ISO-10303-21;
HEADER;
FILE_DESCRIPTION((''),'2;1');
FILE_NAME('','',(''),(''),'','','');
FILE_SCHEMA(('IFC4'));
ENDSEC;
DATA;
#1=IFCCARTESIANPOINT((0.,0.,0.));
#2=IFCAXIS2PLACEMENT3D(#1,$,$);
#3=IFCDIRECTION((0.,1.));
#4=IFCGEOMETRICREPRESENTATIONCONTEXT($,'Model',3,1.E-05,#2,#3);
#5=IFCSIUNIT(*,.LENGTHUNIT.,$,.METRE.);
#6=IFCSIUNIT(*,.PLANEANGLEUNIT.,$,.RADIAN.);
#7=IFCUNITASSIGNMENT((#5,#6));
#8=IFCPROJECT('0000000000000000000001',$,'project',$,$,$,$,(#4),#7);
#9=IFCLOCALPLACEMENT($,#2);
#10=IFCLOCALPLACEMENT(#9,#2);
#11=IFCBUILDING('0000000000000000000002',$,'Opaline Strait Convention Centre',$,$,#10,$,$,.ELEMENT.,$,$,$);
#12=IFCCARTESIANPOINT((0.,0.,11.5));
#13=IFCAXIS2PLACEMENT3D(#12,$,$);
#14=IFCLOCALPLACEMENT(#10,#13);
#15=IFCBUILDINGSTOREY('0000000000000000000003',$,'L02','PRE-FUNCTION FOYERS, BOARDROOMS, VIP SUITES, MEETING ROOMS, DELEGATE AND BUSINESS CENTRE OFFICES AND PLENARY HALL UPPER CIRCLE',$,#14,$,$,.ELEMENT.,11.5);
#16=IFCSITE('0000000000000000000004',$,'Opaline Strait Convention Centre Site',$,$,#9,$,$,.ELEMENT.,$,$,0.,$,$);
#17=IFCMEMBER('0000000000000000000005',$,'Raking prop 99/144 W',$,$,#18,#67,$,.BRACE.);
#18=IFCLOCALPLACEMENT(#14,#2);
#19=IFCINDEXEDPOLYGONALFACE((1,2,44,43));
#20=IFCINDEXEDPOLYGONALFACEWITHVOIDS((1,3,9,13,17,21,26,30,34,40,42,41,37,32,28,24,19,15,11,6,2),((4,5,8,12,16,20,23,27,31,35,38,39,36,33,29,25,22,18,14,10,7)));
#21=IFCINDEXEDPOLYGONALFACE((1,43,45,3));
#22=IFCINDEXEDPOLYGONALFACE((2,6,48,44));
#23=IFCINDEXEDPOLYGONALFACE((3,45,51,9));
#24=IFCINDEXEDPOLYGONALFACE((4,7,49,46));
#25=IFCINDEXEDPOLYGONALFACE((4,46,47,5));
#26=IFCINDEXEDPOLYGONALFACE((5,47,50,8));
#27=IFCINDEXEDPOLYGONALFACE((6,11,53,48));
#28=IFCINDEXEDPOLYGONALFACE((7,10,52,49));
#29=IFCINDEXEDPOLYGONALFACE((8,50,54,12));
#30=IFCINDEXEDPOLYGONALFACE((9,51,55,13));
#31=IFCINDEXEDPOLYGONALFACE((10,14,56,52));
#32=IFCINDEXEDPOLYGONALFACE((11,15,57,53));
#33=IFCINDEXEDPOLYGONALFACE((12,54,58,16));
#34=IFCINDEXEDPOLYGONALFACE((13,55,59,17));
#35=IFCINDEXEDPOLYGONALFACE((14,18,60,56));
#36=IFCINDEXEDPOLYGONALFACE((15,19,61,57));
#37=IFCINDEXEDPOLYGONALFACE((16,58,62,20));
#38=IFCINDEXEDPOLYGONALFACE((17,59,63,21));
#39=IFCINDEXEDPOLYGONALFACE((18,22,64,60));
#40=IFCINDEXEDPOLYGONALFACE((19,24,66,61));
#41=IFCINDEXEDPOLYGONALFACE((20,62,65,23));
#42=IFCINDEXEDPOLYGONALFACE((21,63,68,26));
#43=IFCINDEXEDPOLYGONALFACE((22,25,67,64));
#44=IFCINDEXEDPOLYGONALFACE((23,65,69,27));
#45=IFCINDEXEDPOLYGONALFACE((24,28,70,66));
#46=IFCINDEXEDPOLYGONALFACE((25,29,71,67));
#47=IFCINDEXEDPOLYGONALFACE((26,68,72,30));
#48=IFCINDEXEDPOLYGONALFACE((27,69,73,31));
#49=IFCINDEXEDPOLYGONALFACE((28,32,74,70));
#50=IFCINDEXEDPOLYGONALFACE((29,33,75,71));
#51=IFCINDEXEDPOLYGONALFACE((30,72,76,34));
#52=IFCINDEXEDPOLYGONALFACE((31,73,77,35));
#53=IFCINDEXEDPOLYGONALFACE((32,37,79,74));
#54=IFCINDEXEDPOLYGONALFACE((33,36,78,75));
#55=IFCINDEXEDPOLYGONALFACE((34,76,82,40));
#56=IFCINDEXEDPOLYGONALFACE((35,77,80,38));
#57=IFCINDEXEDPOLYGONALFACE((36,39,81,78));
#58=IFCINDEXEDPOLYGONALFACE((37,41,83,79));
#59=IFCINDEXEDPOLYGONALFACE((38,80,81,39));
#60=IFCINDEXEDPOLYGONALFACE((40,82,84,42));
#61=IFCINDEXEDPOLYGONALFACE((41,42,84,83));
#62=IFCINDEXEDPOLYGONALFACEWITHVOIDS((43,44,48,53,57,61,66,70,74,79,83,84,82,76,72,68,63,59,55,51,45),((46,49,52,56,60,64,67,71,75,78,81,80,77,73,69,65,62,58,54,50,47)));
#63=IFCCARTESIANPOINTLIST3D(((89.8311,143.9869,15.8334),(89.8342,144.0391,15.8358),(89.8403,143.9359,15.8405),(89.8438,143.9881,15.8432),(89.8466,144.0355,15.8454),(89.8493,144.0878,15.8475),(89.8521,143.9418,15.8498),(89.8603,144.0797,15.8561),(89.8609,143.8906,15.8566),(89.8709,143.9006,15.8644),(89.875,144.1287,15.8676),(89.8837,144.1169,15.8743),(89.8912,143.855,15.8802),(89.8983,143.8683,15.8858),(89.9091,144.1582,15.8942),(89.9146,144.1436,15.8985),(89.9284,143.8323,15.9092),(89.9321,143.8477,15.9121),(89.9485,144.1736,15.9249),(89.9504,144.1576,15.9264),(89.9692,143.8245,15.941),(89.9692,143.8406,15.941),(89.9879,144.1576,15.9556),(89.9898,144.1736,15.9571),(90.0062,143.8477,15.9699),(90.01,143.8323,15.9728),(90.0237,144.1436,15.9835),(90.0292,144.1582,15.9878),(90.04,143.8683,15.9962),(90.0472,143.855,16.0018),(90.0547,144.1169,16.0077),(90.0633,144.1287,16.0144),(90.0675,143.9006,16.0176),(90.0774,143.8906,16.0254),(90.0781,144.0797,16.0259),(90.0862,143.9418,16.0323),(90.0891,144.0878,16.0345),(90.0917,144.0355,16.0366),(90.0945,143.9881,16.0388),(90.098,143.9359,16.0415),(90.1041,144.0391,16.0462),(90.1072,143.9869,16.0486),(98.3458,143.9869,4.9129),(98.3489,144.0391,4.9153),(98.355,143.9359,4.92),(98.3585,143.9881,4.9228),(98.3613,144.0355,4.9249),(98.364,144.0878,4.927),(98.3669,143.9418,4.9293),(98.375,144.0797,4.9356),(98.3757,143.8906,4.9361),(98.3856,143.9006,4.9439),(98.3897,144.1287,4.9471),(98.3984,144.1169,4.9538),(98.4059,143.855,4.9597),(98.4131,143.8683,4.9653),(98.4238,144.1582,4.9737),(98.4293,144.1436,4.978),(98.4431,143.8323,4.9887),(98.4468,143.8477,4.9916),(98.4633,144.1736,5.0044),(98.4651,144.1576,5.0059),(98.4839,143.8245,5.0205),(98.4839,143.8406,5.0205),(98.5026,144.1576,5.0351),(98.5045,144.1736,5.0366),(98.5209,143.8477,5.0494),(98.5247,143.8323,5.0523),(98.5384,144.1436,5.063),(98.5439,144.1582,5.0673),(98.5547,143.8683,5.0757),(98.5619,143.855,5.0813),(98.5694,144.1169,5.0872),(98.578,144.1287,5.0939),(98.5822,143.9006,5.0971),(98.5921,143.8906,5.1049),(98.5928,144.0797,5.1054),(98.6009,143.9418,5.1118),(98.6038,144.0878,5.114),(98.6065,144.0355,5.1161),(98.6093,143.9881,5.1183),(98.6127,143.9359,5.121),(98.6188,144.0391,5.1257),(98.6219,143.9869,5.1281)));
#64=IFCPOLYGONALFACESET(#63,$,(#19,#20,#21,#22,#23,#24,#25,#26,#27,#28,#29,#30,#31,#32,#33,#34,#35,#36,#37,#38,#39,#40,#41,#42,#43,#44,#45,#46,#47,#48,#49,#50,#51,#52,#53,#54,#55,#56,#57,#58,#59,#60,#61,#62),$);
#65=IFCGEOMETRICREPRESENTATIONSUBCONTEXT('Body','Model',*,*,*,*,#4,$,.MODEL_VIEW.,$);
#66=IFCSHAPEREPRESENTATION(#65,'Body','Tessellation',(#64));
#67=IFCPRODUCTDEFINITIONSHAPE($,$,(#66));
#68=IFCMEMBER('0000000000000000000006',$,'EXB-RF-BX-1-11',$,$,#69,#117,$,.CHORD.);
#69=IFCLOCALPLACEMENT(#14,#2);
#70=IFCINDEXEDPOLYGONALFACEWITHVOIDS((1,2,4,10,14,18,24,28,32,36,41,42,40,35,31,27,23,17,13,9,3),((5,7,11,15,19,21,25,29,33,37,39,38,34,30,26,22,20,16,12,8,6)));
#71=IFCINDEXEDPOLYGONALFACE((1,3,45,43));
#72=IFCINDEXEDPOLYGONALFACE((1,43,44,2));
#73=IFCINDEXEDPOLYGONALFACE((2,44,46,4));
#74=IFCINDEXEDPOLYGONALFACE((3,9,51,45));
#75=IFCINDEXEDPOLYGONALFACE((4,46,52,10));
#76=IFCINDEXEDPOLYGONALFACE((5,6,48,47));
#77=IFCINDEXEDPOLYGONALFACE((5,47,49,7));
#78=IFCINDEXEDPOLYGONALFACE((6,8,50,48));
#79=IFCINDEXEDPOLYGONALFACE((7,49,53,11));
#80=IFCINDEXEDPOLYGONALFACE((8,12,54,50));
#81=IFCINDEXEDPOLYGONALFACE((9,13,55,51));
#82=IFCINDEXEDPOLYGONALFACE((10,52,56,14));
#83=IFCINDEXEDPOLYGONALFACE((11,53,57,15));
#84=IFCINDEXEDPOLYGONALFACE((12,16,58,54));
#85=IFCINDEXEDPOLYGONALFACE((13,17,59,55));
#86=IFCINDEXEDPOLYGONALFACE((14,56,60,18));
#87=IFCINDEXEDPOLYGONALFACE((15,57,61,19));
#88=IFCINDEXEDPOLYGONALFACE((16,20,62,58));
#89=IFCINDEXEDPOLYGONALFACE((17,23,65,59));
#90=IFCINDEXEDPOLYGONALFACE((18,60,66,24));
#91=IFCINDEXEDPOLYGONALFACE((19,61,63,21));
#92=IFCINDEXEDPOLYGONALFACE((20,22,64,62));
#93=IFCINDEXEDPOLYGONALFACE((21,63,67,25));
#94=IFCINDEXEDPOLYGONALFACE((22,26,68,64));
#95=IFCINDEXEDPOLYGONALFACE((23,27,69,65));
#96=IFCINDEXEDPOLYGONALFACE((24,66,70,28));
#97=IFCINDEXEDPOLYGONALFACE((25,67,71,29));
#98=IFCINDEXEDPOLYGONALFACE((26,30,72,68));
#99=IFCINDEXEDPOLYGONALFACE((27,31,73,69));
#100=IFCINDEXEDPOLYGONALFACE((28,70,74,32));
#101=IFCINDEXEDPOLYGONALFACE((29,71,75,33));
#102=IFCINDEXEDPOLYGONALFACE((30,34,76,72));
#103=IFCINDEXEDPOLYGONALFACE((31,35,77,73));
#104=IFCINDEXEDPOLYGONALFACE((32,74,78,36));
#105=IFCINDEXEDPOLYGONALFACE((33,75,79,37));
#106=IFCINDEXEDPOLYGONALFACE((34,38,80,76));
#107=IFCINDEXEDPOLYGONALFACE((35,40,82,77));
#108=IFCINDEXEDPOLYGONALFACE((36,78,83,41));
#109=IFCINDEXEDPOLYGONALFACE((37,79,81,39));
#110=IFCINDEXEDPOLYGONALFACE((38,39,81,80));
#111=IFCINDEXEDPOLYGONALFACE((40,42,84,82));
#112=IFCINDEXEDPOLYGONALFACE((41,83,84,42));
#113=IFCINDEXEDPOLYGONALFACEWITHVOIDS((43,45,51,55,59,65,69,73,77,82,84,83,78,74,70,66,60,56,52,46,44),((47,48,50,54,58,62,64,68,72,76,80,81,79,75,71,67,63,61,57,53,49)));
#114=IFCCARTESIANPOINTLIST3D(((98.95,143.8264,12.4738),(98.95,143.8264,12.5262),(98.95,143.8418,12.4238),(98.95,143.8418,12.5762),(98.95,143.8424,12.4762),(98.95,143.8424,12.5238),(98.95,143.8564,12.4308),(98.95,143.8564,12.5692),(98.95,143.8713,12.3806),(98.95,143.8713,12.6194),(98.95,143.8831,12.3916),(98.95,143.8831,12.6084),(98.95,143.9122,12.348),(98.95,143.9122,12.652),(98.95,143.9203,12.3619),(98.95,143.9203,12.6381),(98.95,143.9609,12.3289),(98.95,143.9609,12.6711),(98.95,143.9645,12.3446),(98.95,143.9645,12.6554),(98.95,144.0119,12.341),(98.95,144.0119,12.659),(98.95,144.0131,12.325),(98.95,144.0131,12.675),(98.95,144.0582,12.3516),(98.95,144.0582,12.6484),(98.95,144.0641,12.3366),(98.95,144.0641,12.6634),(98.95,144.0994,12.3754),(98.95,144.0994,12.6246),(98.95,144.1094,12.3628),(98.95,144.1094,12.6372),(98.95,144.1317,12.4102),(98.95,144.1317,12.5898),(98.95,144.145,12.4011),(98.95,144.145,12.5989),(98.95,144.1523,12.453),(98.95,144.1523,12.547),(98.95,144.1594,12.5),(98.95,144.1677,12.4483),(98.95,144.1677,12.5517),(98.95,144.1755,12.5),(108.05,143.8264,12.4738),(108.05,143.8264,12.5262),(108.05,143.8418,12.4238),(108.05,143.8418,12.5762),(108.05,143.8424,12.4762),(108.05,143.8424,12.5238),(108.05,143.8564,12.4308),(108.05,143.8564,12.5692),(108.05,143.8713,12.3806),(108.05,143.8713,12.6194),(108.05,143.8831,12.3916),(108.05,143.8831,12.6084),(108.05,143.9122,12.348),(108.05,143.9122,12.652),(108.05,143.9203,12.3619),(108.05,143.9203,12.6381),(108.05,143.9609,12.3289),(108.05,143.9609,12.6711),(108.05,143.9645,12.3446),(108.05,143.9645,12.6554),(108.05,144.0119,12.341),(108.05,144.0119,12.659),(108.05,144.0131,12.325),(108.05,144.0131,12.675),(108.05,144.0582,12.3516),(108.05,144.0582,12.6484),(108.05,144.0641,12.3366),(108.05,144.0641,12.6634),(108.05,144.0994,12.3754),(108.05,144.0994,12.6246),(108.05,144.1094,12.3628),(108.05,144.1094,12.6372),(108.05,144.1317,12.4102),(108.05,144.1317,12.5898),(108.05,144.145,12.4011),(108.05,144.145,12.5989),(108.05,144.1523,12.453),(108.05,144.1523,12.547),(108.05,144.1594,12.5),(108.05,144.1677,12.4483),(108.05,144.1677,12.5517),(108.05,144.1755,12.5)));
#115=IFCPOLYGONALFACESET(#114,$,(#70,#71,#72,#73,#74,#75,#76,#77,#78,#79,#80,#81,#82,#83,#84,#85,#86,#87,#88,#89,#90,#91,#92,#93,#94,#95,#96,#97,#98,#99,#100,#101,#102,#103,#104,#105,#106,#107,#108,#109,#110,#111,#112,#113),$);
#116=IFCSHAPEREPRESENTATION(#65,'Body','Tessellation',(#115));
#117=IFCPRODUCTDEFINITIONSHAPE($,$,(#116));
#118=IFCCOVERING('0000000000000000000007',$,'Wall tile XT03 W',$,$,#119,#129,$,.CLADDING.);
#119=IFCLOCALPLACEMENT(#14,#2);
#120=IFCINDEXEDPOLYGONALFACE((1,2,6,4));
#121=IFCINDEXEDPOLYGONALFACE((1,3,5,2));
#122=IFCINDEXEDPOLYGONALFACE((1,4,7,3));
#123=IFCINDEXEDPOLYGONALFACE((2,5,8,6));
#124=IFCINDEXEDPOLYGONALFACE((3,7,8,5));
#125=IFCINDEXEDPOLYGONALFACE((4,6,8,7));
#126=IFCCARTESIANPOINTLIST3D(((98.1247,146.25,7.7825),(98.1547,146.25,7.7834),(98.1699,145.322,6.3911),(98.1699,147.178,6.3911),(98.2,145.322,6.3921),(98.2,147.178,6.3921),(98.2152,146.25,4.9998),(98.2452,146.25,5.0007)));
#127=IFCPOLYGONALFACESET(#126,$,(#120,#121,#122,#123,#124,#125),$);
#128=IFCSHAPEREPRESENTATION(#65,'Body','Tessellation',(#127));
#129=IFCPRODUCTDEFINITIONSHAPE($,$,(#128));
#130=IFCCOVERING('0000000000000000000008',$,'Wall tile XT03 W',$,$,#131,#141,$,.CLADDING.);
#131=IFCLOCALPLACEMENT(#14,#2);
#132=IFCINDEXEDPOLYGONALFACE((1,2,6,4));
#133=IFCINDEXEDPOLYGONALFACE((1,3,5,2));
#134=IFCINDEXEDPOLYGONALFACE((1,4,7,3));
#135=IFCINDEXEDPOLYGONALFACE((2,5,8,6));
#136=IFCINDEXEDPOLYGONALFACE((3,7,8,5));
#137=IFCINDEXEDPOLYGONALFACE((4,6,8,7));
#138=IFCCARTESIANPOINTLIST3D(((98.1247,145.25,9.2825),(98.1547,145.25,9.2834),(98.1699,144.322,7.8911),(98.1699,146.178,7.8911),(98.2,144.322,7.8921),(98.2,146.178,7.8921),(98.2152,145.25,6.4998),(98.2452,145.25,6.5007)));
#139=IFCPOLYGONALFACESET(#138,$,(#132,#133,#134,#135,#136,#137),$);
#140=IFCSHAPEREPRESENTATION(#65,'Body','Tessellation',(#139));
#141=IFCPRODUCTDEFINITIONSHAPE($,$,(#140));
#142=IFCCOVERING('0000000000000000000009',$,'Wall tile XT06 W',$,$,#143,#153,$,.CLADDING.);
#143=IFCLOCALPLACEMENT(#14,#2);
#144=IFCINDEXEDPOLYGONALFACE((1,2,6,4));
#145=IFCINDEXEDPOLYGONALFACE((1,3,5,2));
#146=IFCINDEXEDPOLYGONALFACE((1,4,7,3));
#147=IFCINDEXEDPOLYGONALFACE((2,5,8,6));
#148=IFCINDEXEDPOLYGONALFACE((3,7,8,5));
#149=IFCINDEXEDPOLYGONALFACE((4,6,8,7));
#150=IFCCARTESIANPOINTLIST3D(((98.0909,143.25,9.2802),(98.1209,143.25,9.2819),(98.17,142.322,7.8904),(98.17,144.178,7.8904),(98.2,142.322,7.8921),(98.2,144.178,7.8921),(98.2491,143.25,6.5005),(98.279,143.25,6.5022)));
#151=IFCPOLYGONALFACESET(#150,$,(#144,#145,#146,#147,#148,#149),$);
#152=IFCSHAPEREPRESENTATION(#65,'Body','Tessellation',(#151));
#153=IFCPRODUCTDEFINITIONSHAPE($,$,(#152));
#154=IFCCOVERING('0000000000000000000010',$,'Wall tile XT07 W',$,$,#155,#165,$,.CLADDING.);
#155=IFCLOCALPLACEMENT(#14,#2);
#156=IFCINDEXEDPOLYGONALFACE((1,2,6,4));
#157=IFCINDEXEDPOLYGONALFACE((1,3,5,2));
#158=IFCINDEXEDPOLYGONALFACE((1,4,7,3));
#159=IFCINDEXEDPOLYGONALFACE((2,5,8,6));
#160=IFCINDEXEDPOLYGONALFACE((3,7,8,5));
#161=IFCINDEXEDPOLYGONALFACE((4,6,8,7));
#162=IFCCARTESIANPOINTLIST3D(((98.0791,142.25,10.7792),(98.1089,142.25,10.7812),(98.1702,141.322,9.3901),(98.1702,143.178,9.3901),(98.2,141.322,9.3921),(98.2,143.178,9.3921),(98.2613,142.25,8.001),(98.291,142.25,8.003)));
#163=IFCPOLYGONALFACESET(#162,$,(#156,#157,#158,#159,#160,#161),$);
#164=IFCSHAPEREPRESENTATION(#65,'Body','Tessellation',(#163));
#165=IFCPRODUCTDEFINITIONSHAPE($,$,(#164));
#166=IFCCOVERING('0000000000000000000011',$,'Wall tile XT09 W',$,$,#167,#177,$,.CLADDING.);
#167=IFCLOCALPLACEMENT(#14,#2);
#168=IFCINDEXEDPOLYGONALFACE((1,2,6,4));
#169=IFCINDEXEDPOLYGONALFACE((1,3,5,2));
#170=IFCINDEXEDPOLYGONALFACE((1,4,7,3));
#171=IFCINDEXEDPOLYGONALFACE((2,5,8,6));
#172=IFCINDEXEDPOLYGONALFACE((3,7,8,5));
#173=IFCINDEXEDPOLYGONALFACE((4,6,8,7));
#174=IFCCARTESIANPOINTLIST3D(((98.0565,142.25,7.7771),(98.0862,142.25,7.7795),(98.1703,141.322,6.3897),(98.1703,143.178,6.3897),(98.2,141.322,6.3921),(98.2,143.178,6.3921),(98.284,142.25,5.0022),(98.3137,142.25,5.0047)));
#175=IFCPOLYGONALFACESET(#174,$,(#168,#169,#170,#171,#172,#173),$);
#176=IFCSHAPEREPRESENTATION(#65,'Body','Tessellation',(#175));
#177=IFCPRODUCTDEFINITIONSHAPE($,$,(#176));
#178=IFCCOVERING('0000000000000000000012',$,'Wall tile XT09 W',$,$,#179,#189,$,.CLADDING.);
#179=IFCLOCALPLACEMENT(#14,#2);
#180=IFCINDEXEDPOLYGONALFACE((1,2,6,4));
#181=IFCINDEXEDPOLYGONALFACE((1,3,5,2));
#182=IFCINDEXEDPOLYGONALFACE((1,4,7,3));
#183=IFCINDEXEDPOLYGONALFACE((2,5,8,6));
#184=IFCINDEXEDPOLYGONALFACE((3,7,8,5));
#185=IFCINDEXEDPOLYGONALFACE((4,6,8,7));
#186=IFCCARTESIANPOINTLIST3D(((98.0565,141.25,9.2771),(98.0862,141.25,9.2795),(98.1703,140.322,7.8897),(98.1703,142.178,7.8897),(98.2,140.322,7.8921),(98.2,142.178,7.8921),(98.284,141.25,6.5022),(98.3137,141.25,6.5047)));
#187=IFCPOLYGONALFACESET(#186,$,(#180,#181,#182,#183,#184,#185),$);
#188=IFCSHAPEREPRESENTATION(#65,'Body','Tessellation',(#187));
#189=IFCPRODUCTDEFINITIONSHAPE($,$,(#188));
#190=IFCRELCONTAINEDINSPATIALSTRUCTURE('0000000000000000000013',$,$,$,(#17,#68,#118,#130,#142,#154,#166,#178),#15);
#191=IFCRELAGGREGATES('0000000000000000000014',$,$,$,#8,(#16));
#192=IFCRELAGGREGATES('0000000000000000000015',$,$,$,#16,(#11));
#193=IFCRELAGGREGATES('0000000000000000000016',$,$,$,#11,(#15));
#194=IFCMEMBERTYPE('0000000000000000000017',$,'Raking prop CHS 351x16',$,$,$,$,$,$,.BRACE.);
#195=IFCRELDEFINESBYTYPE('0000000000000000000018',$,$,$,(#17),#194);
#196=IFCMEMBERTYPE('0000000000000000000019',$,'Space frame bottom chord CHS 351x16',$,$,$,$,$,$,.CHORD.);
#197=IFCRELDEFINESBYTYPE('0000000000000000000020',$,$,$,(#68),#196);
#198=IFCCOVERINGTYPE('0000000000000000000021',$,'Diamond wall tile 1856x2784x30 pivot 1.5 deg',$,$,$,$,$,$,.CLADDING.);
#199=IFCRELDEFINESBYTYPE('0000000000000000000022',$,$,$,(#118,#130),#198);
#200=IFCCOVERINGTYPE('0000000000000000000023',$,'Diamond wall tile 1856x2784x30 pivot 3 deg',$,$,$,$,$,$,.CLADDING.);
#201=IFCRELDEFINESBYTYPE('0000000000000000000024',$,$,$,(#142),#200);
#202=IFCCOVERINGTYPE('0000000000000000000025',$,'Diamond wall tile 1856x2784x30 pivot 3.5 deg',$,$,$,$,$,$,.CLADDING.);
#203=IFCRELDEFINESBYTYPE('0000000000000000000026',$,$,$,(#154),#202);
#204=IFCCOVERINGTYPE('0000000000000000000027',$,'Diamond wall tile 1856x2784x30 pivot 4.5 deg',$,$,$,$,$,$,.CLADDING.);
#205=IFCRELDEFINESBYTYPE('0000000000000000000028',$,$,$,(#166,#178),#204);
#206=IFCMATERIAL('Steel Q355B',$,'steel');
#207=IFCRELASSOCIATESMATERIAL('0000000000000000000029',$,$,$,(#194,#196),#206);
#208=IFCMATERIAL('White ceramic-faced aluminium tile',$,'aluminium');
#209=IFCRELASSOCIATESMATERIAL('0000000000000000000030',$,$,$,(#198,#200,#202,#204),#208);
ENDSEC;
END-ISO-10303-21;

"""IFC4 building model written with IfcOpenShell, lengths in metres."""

from ifc_helpers import new_model, si_unit, direction, frame, origin, origin_2d, place, context, subcontext, project, spatial, polyline, hollow_circle, outline, extrude, material, material_profile, profile_set, type_object, element, save


model = new_model("IFC4")

# Units and contexts
model_context = context("Model", 3, precision=1e-05, world=origin(), true_north=direction((0.0, 1.0)))
body_context = subcontext(model_context, "Body", "Model", "MODEL_VIEW")
ifc_project = project(units=[si_unit("LENGTHUNIT", "METRE"), si_unit("PLANEANGLEUNIT", "RADIAN")], contexts=[model_context])

# Site, building, storey
site_placement = place(None, origin())
site = spatial("IfcSite", under=ifc_project, at=site_placement, Name="Opaline Strait Convention Centre Site", CompositionType="ELEMENT", RefElevation=0.0)
building_placement = place(site_placement, origin())
building = spatial("IfcBuilding", under=site, at=building_placement, Name="Opaline Strait Convention Centre", CompositionType="ELEMENT")
storey_placement = place(building_placement, frame((0.0, 0.0, 11.5)))
storey = spatial("IfcBuildingStorey", under=building, at=storey_placement, Name="L02", Description="PRE-FUNCTION FOYERS, BOARDROOMS, VIP SUITES, MEETING ROOMS, DELEGATE AND BUSINESS CENTRE OFFICES AND PLENARY HALL UPPER CIRCLE", CompositionType="ELEMENT", Elevation=11.5)

# Members
ifc_material_1 = material(Name="Steel Q355B", Category="steel")
ifc_material_profile_1 = material_profile(ifc_material_1, hollow_circle(Radius=0.1755, WallThickness=0.0161, at=origin_2d()), Name="CHS 351x16")
ifc_profile_set_1 = profile_set([ifc_material_profile_1], Name="Steel Q355B")
member_type_1 = type_object("IfcMemberType", Name="Raking prop CHS 351x16", PredefinedType="BRACE", material=ifc_profile_set_1)
member_1_placement = place(storey_placement, frame((98.4839, 144.0, 5.0205), z_axis=(-0.614885, 0.0, 0.788617), x_axis=(0.0, -1.0, 0.0)))
element("IfcMember", 1, at=member_1_placement, inside=storey, type_object=member_type_1, Name="Raking prop 99/144 W", PredefinedType="BRACE", context=body_context, shape_type="SweptSolid", body=[
    extrude(hollow_circle(Radius=0.1755, WallThickness=0.0161, at=origin_2d()), origin(), (0.0, 0.0, 1.0), 13.8477),
])
ifc_material_profile_2 = material_profile(ifc_material_1, hollow_circle(Radius=0.1755, WallThickness=0.0161, at=origin_2d()), Name="CHS 351x16")
ifc_profile_set_2 = profile_set([ifc_material_profile_2], Name="Steel Q355B")
member_type_2 = type_object("IfcMemberType", Name="Space frame bottom chord CHS 351x16", PredefinedType="CHORD", material=ifc_profile_set_2)
member_2_placement = place(storey_placement, frame((98.95, 144.0, 12.5), z_axis=(1.0, 0.0, 0.0), x_axis=(0.0, 1.0, 0.0)))
element("IfcMember", 2, at=member_2_placement, inside=storey, type_object=member_type_2, Name="EXB-RF-BX-1-11", PredefinedType="CHORD", context=body_context, shape_type="SweptSolid", body=[
    extrude(hollow_circle(Radius=0.1755, WallThickness=0.0161, at=origin_2d()), origin(), (0.0, 0.0, 1.0), 9.1001),
])

# Coverings
ifc_material_2 = material(Name="White ceramic-faced aluminium tile", Category="aluminium")
ifc_material_profile_3 = material_profile(ifc_material_2, outline(polyline([(0.928, 0.0), (0.0, 1.3921), (-0.928, 0.0), (0.0, -1.3921), (0.928, 0.0)])), Name="Diamond tile 1856x2784")
ifc_profile_set_3 = profile_set([ifc_material_profile_3], Name="White ceramic-faced aluminium tile")
covering_type_1 = type_object("IfcCoveringType", Name="Diamond wall tile 1856x2784x30 pivot 1.5 deg", PredefinedType="CLADDING", material=ifc_profile_set_3)
for number, where, z_axis, x_axis, name in (
    (3, (98.2, 146.25, 6.3921), (-0.999472, 0.0, -0.032503), (0.0, -1.0, 0.0), "Wall tile XT03 W"),
    (4, (98.2, 145.25, 7.8921), (-0.999472, 0.0, -0.032503), (0.0, -1.0, 0.0), "Wall tile XT03 W"),
):
    element("IfcCovering", number, at=place(storey_placement, frame(where, z_axis=z_axis, x_axis=x_axis)), inside=storey, type_object=covering_type_1, Name=name, PredefinedType="CLADDING", context=body_context, shape_type="SweptSolid", body=[
        extrude(outline(polyline([(0.928, 0.0), (0.0, 1.3921), (-0.928, 0.0), (0.0, -1.3921), (0.928, 0.0)])), origin(), (0.0, 0.0, 1.0), 0.03),
    ])
ifc_material_profile_4 = material_profile(ifc_material_2, outline(polyline([(0.928, 0.0), (0.0, 1.3921), (-0.928, 0.0), (0.0, -1.3921), (0.928, 0.0)])), Name="Diamond tile 1856x2784")
ifc_profile_set_4 = profile_set([ifc_material_profile_4], Name="White ceramic-faced aluminium tile")
covering_type_2 = type_object("IfcCoveringType", Name="Diamond wall tile 1856x2784x30 pivot 3 deg", PredefinedType="CLADDING", material=ifc_profile_set_4)
covering_1_placement = place(storey_placement, frame((98.2, 143.25, 7.8921), z_axis=(-0.998385, 0.0, -0.056819), x_axis=(0.0, -1.0, 0.0)))
element("IfcCovering", 5, at=covering_1_placement, inside=storey, type_object=covering_type_2, Name="Wall tile XT06 W", PredefinedType="CLADDING", context=body_context, shape_type="SweptSolid", body=[
    extrude(outline(polyline([(0.928, 0.0), (0.0, 1.3921), (-0.928, 0.0), (0.0, -1.3921), (0.928, 0.0)])), origin(), (0.0, 0.0, 1.0), 0.03),
])
ifc_material_profile_5 = material_profile(ifc_material_2, outline(polyline([(0.928, 0.0), (0.0, 1.3921), (-0.928, 0.0), (0.0, -1.3921), (0.928, 0.0)])), Name="Diamond tile 1856x2784")
ifc_profile_set_5 = profile_set([ifc_material_profile_5], Name="White ceramic-faced aluminium tile")
covering_type_3 = type_object("IfcCoveringType", Name="Diamond wall tile 1856x2784x30 pivot 3.5 deg", PredefinedType="CLADDING", material=ifc_profile_set_5)
covering_2_placement = place(storey_placement, frame((98.2, 142.25, 9.3921), z_axis=(-0.997857, 0.0, -0.065433), x_axis=(0.0, -1.0, 0.0)))
element("IfcCovering", 6, at=covering_2_placement, inside=storey, type_object=covering_type_3, Name="Wall tile XT07 W", PredefinedType="CLADDING", context=body_context, shape_type="SweptSolid", body=[
    extrude(outline(polyline([(0.928, 0.0), (0.0, 1.3921), (-0.928, 0.0), (0.0, -1.3921), (0.928, 0.0)])), origin(), (0.0, 0.0, 1.0), 0.0298),
])
ifc_material_profile_6 = material_profile(ifc_material_2, outline(polyline([(0.928, 0.0), (0.0, 1.3921), (-0.928, 0.0), (0.0, -1.3921), (0.928, 0.0)])), Name="Diamond tile 1856x2784")
ifc_profile_set_6 = profile_set([ifc_material_profile_6], Name="White ceramic-faced aluminium tile")
covering_type_4 = type_object("IfcCoveringType", Name="Diamond wall tile 1856x2784x30 pivot 4.5 deg", PredefinedType="CLADDING", material=ifc_profile_set_6)
for number, where, z_axis, x_axis, name in (
    (7, (98.2, 142.25, 6.3921), (-0.996658, 0.0, -0.081693), (0.0, -1.0, 0.0), "Wall tile XT09 W"),
    (8, (98.2, 141.25, 7.8921), (-0.996658, 0.0, -0.081693), (0.0, -1.0, 0.0), "Wall tile XT09 W"),
):
    element("IfcCovering", number, at=place(storey_placement, frame(where, z_axis=z_axis, x_axis=x_axis)), inside=storey, type_object=covering_type_4, Name=name, PredefinedType="CLADDING", context=body_context, shape_type="SweptSolid", body=[
        extrude(outline(polyline([(0.928, 0.0), (0.0, 1.3921), (-0.928, 0.0), (0.0, -1.3921), (0.928, 0.0)])), origin(), (0.0, 0.0, 1.0), 0.0298),
    ])

save(model, "model.ifc")
